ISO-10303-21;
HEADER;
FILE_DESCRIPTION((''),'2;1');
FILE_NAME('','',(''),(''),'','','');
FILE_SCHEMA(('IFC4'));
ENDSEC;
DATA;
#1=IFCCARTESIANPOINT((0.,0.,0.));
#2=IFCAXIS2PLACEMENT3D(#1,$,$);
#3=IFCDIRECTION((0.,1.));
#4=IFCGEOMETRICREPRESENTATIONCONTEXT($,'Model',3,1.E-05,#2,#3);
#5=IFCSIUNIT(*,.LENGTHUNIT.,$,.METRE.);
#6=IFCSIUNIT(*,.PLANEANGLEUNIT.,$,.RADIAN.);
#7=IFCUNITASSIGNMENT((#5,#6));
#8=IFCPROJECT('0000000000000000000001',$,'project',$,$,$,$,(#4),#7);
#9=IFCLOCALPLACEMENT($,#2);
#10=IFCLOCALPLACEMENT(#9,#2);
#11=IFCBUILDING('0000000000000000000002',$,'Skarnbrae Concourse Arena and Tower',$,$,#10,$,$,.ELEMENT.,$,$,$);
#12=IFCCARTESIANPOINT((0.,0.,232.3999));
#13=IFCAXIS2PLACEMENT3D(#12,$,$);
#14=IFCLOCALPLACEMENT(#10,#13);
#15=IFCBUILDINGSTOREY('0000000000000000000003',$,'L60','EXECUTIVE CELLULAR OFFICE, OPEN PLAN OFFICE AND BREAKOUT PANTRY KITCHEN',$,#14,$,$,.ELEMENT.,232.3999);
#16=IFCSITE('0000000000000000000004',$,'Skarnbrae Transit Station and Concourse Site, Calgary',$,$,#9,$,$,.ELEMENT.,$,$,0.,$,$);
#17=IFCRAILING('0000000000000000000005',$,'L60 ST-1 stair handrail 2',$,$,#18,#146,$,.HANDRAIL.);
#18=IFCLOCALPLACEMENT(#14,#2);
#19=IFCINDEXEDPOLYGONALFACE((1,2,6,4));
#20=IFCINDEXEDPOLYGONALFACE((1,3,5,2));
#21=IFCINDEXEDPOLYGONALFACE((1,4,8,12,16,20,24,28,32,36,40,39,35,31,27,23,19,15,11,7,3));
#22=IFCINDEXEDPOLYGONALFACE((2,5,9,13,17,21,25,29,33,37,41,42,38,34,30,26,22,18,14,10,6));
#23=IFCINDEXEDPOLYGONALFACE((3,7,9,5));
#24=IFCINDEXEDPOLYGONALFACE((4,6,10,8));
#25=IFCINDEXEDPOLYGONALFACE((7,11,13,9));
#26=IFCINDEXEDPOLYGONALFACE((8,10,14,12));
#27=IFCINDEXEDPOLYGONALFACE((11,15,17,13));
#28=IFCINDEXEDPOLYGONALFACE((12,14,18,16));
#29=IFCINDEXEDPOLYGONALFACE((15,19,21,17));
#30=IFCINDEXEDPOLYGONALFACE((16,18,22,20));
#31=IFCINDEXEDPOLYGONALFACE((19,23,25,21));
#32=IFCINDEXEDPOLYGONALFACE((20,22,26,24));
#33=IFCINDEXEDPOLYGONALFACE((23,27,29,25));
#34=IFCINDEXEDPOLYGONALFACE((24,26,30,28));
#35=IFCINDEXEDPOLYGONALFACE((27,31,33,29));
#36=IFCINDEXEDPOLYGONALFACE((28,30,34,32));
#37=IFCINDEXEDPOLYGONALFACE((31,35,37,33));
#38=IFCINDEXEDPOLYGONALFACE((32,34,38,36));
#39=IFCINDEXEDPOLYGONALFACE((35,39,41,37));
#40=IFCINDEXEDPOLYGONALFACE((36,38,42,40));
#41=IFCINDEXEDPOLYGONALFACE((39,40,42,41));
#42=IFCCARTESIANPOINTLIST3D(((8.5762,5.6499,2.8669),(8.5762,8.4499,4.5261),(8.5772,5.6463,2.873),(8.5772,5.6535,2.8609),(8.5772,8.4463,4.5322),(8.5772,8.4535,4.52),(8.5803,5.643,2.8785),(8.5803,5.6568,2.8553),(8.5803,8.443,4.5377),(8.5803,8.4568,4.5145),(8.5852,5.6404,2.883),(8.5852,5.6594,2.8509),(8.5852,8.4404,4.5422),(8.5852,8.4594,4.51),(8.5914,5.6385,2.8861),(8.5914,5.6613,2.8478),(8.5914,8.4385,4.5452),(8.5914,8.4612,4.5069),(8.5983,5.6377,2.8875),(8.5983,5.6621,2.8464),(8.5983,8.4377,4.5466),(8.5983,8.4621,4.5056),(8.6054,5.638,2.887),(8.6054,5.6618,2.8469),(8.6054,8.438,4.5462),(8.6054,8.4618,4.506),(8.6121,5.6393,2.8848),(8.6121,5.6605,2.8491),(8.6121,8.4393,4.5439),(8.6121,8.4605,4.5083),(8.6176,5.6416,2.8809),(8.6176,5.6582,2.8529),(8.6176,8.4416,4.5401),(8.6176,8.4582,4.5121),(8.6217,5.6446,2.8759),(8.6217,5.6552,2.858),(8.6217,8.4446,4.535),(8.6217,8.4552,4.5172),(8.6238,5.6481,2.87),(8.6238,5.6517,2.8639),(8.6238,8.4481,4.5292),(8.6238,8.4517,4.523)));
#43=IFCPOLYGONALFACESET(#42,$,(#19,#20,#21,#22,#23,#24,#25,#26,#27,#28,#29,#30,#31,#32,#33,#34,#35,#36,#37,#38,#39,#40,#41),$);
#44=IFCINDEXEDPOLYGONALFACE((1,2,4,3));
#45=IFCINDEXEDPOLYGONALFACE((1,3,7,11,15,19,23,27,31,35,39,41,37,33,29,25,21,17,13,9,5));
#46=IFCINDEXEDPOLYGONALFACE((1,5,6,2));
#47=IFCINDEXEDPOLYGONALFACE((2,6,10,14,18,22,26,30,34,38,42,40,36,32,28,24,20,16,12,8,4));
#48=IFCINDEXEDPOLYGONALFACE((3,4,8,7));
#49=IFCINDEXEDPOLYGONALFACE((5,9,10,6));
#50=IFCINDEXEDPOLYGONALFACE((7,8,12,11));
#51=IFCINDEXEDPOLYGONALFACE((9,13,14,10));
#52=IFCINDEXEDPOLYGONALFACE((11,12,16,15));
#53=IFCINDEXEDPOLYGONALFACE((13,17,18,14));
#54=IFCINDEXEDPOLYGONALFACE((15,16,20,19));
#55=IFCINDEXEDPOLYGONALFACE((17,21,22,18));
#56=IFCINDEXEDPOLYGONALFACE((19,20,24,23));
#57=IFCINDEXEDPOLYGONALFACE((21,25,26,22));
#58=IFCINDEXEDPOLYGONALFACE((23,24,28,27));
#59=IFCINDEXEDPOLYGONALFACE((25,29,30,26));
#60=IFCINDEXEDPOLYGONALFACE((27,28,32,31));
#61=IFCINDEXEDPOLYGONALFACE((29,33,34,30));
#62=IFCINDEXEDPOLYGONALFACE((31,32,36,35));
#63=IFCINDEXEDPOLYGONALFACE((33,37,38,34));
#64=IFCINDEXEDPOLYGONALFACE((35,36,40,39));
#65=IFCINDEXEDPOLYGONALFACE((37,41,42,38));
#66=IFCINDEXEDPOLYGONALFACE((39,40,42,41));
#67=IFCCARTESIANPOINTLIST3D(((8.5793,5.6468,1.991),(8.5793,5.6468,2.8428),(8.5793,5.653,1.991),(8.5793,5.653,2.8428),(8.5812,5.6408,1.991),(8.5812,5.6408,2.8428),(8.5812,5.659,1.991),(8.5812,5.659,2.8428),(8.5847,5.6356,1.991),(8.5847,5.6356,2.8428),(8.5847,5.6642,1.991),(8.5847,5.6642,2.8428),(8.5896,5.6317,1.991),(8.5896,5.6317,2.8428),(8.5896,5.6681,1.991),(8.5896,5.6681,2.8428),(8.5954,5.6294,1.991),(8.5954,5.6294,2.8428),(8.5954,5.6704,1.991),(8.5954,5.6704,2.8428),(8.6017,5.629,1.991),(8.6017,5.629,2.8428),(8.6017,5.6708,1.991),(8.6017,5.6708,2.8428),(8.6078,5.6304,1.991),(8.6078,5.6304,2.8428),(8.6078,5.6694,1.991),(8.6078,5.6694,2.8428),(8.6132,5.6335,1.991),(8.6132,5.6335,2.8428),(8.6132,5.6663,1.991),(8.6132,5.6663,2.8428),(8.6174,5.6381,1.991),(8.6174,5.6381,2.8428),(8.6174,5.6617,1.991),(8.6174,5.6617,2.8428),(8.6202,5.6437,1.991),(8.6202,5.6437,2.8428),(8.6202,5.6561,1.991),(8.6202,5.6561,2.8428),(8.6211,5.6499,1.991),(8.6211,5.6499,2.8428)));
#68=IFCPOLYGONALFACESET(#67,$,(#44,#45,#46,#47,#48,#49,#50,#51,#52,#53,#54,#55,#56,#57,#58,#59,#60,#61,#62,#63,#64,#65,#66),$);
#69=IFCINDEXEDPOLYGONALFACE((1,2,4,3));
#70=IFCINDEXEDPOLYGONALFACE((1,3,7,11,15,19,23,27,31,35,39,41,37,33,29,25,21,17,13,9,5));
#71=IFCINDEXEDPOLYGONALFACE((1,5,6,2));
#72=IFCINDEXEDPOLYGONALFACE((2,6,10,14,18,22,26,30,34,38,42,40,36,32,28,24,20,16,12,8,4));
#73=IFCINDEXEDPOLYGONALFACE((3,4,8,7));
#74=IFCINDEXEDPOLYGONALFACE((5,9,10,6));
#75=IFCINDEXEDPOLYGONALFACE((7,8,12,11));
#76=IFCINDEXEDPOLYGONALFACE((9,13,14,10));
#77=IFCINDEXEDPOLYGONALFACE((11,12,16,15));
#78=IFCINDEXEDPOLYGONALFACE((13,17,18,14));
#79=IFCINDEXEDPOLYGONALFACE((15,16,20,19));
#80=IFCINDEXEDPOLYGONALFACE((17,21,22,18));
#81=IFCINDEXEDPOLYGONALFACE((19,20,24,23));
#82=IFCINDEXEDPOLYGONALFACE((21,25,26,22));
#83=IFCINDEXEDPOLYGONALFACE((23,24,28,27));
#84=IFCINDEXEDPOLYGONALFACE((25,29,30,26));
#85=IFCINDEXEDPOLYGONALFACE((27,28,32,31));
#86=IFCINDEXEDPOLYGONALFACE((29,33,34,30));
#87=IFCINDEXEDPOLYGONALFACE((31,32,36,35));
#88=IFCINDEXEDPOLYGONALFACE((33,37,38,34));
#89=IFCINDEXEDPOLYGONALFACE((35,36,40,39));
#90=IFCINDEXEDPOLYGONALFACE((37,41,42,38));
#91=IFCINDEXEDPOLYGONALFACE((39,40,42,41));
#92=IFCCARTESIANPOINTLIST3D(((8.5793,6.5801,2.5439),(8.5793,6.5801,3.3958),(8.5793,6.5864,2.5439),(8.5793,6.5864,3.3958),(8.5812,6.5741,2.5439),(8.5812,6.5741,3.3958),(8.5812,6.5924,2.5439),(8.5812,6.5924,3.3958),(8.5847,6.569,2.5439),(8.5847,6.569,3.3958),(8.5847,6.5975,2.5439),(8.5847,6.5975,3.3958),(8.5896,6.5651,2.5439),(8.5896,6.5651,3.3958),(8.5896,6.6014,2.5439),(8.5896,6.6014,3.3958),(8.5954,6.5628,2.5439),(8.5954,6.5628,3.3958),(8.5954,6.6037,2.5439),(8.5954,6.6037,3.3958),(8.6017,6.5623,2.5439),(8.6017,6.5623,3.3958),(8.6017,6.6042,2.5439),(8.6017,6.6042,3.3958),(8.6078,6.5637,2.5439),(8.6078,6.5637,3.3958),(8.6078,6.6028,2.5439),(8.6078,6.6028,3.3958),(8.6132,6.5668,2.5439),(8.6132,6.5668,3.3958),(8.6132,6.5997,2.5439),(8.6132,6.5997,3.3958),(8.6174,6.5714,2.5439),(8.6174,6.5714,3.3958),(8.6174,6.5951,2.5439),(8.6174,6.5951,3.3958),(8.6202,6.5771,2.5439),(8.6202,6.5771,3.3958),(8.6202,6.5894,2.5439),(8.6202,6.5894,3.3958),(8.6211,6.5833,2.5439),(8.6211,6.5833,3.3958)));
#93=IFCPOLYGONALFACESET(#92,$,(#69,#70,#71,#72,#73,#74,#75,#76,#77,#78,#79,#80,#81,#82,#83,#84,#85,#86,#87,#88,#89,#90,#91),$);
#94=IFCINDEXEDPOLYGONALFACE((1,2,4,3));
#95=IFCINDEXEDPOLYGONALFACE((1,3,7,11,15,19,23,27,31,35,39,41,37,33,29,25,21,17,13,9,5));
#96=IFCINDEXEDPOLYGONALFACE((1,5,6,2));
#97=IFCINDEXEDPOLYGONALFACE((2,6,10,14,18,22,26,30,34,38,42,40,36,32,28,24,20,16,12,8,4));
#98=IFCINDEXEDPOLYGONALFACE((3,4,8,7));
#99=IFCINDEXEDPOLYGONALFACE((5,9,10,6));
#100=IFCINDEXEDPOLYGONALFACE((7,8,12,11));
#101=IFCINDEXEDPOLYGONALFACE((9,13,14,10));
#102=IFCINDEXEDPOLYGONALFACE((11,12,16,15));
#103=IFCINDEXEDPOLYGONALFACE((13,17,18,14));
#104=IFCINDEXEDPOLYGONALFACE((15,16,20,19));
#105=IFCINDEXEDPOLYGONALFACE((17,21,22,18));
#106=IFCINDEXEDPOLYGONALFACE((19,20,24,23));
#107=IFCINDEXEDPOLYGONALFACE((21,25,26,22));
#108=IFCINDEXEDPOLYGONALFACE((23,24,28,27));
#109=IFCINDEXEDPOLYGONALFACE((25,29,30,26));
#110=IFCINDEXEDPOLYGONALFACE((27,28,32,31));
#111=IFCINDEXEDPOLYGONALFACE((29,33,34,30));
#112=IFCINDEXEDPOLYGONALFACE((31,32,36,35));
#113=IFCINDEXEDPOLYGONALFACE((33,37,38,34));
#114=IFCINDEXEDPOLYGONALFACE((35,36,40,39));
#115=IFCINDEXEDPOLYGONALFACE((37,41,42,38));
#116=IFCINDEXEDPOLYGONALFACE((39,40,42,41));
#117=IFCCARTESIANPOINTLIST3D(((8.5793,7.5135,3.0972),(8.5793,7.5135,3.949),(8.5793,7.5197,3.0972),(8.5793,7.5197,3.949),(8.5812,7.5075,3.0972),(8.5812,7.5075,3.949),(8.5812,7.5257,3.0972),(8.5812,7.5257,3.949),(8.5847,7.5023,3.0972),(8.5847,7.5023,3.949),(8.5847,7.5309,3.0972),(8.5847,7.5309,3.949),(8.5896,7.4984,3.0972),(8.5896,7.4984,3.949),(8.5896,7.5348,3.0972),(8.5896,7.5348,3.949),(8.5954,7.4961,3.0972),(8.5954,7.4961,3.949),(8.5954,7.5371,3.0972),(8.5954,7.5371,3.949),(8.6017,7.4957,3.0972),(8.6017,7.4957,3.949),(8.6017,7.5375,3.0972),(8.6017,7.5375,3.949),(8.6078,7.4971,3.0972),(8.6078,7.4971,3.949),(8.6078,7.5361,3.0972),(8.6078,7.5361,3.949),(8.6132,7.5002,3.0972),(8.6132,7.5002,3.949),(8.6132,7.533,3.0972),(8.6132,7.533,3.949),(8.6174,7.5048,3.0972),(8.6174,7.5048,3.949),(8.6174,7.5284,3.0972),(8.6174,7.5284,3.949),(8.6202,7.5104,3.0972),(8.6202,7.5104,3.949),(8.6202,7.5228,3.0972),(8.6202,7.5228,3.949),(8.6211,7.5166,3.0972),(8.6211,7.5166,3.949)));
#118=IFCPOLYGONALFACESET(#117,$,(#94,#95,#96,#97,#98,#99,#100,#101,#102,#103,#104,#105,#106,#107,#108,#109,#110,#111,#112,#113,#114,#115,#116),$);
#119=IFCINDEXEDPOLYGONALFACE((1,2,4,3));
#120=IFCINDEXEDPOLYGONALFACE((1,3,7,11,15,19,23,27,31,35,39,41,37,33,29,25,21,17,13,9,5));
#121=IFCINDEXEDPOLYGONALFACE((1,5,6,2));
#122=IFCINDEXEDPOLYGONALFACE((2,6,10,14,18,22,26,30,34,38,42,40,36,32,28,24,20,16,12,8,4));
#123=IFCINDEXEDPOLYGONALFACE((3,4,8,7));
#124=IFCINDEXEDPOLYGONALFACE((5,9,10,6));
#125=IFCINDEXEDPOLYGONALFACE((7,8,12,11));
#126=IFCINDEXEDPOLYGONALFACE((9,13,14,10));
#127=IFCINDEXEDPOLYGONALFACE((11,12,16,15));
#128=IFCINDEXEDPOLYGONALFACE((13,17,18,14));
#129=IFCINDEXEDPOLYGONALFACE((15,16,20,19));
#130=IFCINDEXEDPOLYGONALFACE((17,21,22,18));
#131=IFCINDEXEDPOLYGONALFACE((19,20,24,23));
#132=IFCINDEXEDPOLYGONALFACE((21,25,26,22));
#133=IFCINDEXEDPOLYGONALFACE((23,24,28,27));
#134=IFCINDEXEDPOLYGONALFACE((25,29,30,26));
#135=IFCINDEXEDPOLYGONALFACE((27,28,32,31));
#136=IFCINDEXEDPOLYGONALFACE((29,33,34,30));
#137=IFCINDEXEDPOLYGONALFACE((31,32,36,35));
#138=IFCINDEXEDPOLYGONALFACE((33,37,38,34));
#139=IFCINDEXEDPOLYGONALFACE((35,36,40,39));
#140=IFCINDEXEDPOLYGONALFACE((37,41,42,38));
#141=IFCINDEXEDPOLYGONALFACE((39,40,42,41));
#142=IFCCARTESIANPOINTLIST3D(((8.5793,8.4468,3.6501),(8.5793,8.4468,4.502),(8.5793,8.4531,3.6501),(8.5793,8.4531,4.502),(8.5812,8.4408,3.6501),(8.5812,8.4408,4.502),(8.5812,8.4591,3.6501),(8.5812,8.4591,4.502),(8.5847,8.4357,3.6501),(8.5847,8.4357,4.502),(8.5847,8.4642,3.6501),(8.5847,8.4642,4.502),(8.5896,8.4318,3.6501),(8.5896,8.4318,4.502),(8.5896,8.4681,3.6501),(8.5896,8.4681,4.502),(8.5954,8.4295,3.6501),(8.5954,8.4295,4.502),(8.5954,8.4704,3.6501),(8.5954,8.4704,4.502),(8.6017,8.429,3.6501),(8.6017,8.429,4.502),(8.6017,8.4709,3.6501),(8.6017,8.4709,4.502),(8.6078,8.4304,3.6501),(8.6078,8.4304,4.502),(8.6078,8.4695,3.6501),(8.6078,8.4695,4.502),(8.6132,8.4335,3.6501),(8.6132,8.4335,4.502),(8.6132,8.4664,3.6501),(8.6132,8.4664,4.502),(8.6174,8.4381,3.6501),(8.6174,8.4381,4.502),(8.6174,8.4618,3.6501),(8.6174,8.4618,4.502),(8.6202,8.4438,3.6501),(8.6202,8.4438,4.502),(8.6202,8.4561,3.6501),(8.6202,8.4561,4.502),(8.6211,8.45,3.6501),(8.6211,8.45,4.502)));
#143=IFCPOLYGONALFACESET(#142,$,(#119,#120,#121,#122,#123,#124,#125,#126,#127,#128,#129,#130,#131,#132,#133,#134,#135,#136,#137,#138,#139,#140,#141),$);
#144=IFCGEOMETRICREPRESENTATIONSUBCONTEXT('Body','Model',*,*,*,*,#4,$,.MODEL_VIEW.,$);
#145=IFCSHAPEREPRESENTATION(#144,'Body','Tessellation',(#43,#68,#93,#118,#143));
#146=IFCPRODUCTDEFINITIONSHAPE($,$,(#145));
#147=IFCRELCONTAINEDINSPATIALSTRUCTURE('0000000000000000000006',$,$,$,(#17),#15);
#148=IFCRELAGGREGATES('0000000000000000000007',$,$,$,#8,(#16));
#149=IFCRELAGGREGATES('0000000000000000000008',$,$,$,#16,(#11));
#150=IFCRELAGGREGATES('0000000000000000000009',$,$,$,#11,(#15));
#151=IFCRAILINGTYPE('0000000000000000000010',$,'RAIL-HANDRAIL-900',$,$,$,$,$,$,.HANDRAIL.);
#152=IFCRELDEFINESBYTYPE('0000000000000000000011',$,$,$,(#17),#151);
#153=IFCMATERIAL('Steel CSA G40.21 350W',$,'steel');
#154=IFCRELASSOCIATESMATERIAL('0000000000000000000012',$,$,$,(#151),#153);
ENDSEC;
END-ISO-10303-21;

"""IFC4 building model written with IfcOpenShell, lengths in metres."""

from ifc_helpers import new_model, si_unit, direction, frame, origin, origin_2d, place, context, subcontext, project, spatial, circle, extrude, material, type_object, element, save


model = new_model("IFC4")

# Units and contexts
model_context = context("Model", 3, precision=1e-05, world=origin(), true_north=direction((0.0, 1.0)))
body_context = subcontext(model_context, "Body", "Model", "MODEL_VIEW")
ifc_project = project(units=[si_unit("LENGTHUNIT", "METRE"), si_unit("PLANEANGLEUNIT", "RADIAN")], contexts=[model_context])

# Site, building, storey
site_placement = place(None, origin())
site = spatial("IfcSite", under=ifc_project, at=site_placement, Name="Skarnbrae Transit Station and Concourse Site, Calgary", CompositionType="ELEMENT", RefElevation=0.0)
building_placement = place(site_placement, origin())
building = spatial("IfcBuilding", under=site, at=building_placement, Name="Skarnbrae Concourse Arena and Tower", CompositionType="ELEMENT")
storey_placement = place(building_placement, frame((0.0, 0.0, 232.3999)))
storey = spatial("IfcBuildingStorey", under=building, at=storey_placement, Name="L60", Description="EXECUTIVE CELLULAR OFFICE, OPEN PLAN OFFICE AND BREAKOUT PANTRY KITCHEN", CompositionType="ELEMENT", Elevation=232.3999)

# Shared definitions
ifc_material_1 = material(Name="Steel CSA G40.21 350W", Category="steel")

# Railing
railing_type_1 = type_object("IfcRailingType", Name="RAIL-HANDRAIL-900", PredefinedType="HANDRAIL", material=ifc_material_1)
railing_1_placement = place(storey_placement, frame((8.6001, 5.6499, 1.991)))
element("IfcRailing", 1, at=railing_1_placement, inside=storey, type_object=railing_type_1, Name="L60 ST-1 stair handrail 2", PredefinedType="HANDRAIL", context=body_context, shape_type="SweptSolid", body=[
    extrude(circle(Radius=0.0239, at=origin_2d()), frame((0.0, 0.0, 0.876), z_axis=(0.0, 0.860306, 0.509778), x_axis=(-1.0, 0.0, 0.0)), (0.0, 0.0, 1.0), 3.2546),
    extrude(circle(Radius=0.021, at=origin_2d()), origin(), (0.0, 0.0, 1.0), 0.8518),
    extrude(circle(Radius=0.021, at=origin_2d()), frame((0.0, 0.9333, 0.553)), (0.0, 0.0, 1.0), 0.8518),
    extrude(circle(Radius=0.021, at=origin_2d()), frame((0.0, 1.8667, 1.1062)), (0.0, 0.0, 1.0), 0.8518),
    extrude(circle(Radius=0.021, at=origin_2d()), frame((0.0, 2.8, 1.6592)), (0.0, 0.0, 1.0), 0.8518),
])

save(model, "model.ifc")
